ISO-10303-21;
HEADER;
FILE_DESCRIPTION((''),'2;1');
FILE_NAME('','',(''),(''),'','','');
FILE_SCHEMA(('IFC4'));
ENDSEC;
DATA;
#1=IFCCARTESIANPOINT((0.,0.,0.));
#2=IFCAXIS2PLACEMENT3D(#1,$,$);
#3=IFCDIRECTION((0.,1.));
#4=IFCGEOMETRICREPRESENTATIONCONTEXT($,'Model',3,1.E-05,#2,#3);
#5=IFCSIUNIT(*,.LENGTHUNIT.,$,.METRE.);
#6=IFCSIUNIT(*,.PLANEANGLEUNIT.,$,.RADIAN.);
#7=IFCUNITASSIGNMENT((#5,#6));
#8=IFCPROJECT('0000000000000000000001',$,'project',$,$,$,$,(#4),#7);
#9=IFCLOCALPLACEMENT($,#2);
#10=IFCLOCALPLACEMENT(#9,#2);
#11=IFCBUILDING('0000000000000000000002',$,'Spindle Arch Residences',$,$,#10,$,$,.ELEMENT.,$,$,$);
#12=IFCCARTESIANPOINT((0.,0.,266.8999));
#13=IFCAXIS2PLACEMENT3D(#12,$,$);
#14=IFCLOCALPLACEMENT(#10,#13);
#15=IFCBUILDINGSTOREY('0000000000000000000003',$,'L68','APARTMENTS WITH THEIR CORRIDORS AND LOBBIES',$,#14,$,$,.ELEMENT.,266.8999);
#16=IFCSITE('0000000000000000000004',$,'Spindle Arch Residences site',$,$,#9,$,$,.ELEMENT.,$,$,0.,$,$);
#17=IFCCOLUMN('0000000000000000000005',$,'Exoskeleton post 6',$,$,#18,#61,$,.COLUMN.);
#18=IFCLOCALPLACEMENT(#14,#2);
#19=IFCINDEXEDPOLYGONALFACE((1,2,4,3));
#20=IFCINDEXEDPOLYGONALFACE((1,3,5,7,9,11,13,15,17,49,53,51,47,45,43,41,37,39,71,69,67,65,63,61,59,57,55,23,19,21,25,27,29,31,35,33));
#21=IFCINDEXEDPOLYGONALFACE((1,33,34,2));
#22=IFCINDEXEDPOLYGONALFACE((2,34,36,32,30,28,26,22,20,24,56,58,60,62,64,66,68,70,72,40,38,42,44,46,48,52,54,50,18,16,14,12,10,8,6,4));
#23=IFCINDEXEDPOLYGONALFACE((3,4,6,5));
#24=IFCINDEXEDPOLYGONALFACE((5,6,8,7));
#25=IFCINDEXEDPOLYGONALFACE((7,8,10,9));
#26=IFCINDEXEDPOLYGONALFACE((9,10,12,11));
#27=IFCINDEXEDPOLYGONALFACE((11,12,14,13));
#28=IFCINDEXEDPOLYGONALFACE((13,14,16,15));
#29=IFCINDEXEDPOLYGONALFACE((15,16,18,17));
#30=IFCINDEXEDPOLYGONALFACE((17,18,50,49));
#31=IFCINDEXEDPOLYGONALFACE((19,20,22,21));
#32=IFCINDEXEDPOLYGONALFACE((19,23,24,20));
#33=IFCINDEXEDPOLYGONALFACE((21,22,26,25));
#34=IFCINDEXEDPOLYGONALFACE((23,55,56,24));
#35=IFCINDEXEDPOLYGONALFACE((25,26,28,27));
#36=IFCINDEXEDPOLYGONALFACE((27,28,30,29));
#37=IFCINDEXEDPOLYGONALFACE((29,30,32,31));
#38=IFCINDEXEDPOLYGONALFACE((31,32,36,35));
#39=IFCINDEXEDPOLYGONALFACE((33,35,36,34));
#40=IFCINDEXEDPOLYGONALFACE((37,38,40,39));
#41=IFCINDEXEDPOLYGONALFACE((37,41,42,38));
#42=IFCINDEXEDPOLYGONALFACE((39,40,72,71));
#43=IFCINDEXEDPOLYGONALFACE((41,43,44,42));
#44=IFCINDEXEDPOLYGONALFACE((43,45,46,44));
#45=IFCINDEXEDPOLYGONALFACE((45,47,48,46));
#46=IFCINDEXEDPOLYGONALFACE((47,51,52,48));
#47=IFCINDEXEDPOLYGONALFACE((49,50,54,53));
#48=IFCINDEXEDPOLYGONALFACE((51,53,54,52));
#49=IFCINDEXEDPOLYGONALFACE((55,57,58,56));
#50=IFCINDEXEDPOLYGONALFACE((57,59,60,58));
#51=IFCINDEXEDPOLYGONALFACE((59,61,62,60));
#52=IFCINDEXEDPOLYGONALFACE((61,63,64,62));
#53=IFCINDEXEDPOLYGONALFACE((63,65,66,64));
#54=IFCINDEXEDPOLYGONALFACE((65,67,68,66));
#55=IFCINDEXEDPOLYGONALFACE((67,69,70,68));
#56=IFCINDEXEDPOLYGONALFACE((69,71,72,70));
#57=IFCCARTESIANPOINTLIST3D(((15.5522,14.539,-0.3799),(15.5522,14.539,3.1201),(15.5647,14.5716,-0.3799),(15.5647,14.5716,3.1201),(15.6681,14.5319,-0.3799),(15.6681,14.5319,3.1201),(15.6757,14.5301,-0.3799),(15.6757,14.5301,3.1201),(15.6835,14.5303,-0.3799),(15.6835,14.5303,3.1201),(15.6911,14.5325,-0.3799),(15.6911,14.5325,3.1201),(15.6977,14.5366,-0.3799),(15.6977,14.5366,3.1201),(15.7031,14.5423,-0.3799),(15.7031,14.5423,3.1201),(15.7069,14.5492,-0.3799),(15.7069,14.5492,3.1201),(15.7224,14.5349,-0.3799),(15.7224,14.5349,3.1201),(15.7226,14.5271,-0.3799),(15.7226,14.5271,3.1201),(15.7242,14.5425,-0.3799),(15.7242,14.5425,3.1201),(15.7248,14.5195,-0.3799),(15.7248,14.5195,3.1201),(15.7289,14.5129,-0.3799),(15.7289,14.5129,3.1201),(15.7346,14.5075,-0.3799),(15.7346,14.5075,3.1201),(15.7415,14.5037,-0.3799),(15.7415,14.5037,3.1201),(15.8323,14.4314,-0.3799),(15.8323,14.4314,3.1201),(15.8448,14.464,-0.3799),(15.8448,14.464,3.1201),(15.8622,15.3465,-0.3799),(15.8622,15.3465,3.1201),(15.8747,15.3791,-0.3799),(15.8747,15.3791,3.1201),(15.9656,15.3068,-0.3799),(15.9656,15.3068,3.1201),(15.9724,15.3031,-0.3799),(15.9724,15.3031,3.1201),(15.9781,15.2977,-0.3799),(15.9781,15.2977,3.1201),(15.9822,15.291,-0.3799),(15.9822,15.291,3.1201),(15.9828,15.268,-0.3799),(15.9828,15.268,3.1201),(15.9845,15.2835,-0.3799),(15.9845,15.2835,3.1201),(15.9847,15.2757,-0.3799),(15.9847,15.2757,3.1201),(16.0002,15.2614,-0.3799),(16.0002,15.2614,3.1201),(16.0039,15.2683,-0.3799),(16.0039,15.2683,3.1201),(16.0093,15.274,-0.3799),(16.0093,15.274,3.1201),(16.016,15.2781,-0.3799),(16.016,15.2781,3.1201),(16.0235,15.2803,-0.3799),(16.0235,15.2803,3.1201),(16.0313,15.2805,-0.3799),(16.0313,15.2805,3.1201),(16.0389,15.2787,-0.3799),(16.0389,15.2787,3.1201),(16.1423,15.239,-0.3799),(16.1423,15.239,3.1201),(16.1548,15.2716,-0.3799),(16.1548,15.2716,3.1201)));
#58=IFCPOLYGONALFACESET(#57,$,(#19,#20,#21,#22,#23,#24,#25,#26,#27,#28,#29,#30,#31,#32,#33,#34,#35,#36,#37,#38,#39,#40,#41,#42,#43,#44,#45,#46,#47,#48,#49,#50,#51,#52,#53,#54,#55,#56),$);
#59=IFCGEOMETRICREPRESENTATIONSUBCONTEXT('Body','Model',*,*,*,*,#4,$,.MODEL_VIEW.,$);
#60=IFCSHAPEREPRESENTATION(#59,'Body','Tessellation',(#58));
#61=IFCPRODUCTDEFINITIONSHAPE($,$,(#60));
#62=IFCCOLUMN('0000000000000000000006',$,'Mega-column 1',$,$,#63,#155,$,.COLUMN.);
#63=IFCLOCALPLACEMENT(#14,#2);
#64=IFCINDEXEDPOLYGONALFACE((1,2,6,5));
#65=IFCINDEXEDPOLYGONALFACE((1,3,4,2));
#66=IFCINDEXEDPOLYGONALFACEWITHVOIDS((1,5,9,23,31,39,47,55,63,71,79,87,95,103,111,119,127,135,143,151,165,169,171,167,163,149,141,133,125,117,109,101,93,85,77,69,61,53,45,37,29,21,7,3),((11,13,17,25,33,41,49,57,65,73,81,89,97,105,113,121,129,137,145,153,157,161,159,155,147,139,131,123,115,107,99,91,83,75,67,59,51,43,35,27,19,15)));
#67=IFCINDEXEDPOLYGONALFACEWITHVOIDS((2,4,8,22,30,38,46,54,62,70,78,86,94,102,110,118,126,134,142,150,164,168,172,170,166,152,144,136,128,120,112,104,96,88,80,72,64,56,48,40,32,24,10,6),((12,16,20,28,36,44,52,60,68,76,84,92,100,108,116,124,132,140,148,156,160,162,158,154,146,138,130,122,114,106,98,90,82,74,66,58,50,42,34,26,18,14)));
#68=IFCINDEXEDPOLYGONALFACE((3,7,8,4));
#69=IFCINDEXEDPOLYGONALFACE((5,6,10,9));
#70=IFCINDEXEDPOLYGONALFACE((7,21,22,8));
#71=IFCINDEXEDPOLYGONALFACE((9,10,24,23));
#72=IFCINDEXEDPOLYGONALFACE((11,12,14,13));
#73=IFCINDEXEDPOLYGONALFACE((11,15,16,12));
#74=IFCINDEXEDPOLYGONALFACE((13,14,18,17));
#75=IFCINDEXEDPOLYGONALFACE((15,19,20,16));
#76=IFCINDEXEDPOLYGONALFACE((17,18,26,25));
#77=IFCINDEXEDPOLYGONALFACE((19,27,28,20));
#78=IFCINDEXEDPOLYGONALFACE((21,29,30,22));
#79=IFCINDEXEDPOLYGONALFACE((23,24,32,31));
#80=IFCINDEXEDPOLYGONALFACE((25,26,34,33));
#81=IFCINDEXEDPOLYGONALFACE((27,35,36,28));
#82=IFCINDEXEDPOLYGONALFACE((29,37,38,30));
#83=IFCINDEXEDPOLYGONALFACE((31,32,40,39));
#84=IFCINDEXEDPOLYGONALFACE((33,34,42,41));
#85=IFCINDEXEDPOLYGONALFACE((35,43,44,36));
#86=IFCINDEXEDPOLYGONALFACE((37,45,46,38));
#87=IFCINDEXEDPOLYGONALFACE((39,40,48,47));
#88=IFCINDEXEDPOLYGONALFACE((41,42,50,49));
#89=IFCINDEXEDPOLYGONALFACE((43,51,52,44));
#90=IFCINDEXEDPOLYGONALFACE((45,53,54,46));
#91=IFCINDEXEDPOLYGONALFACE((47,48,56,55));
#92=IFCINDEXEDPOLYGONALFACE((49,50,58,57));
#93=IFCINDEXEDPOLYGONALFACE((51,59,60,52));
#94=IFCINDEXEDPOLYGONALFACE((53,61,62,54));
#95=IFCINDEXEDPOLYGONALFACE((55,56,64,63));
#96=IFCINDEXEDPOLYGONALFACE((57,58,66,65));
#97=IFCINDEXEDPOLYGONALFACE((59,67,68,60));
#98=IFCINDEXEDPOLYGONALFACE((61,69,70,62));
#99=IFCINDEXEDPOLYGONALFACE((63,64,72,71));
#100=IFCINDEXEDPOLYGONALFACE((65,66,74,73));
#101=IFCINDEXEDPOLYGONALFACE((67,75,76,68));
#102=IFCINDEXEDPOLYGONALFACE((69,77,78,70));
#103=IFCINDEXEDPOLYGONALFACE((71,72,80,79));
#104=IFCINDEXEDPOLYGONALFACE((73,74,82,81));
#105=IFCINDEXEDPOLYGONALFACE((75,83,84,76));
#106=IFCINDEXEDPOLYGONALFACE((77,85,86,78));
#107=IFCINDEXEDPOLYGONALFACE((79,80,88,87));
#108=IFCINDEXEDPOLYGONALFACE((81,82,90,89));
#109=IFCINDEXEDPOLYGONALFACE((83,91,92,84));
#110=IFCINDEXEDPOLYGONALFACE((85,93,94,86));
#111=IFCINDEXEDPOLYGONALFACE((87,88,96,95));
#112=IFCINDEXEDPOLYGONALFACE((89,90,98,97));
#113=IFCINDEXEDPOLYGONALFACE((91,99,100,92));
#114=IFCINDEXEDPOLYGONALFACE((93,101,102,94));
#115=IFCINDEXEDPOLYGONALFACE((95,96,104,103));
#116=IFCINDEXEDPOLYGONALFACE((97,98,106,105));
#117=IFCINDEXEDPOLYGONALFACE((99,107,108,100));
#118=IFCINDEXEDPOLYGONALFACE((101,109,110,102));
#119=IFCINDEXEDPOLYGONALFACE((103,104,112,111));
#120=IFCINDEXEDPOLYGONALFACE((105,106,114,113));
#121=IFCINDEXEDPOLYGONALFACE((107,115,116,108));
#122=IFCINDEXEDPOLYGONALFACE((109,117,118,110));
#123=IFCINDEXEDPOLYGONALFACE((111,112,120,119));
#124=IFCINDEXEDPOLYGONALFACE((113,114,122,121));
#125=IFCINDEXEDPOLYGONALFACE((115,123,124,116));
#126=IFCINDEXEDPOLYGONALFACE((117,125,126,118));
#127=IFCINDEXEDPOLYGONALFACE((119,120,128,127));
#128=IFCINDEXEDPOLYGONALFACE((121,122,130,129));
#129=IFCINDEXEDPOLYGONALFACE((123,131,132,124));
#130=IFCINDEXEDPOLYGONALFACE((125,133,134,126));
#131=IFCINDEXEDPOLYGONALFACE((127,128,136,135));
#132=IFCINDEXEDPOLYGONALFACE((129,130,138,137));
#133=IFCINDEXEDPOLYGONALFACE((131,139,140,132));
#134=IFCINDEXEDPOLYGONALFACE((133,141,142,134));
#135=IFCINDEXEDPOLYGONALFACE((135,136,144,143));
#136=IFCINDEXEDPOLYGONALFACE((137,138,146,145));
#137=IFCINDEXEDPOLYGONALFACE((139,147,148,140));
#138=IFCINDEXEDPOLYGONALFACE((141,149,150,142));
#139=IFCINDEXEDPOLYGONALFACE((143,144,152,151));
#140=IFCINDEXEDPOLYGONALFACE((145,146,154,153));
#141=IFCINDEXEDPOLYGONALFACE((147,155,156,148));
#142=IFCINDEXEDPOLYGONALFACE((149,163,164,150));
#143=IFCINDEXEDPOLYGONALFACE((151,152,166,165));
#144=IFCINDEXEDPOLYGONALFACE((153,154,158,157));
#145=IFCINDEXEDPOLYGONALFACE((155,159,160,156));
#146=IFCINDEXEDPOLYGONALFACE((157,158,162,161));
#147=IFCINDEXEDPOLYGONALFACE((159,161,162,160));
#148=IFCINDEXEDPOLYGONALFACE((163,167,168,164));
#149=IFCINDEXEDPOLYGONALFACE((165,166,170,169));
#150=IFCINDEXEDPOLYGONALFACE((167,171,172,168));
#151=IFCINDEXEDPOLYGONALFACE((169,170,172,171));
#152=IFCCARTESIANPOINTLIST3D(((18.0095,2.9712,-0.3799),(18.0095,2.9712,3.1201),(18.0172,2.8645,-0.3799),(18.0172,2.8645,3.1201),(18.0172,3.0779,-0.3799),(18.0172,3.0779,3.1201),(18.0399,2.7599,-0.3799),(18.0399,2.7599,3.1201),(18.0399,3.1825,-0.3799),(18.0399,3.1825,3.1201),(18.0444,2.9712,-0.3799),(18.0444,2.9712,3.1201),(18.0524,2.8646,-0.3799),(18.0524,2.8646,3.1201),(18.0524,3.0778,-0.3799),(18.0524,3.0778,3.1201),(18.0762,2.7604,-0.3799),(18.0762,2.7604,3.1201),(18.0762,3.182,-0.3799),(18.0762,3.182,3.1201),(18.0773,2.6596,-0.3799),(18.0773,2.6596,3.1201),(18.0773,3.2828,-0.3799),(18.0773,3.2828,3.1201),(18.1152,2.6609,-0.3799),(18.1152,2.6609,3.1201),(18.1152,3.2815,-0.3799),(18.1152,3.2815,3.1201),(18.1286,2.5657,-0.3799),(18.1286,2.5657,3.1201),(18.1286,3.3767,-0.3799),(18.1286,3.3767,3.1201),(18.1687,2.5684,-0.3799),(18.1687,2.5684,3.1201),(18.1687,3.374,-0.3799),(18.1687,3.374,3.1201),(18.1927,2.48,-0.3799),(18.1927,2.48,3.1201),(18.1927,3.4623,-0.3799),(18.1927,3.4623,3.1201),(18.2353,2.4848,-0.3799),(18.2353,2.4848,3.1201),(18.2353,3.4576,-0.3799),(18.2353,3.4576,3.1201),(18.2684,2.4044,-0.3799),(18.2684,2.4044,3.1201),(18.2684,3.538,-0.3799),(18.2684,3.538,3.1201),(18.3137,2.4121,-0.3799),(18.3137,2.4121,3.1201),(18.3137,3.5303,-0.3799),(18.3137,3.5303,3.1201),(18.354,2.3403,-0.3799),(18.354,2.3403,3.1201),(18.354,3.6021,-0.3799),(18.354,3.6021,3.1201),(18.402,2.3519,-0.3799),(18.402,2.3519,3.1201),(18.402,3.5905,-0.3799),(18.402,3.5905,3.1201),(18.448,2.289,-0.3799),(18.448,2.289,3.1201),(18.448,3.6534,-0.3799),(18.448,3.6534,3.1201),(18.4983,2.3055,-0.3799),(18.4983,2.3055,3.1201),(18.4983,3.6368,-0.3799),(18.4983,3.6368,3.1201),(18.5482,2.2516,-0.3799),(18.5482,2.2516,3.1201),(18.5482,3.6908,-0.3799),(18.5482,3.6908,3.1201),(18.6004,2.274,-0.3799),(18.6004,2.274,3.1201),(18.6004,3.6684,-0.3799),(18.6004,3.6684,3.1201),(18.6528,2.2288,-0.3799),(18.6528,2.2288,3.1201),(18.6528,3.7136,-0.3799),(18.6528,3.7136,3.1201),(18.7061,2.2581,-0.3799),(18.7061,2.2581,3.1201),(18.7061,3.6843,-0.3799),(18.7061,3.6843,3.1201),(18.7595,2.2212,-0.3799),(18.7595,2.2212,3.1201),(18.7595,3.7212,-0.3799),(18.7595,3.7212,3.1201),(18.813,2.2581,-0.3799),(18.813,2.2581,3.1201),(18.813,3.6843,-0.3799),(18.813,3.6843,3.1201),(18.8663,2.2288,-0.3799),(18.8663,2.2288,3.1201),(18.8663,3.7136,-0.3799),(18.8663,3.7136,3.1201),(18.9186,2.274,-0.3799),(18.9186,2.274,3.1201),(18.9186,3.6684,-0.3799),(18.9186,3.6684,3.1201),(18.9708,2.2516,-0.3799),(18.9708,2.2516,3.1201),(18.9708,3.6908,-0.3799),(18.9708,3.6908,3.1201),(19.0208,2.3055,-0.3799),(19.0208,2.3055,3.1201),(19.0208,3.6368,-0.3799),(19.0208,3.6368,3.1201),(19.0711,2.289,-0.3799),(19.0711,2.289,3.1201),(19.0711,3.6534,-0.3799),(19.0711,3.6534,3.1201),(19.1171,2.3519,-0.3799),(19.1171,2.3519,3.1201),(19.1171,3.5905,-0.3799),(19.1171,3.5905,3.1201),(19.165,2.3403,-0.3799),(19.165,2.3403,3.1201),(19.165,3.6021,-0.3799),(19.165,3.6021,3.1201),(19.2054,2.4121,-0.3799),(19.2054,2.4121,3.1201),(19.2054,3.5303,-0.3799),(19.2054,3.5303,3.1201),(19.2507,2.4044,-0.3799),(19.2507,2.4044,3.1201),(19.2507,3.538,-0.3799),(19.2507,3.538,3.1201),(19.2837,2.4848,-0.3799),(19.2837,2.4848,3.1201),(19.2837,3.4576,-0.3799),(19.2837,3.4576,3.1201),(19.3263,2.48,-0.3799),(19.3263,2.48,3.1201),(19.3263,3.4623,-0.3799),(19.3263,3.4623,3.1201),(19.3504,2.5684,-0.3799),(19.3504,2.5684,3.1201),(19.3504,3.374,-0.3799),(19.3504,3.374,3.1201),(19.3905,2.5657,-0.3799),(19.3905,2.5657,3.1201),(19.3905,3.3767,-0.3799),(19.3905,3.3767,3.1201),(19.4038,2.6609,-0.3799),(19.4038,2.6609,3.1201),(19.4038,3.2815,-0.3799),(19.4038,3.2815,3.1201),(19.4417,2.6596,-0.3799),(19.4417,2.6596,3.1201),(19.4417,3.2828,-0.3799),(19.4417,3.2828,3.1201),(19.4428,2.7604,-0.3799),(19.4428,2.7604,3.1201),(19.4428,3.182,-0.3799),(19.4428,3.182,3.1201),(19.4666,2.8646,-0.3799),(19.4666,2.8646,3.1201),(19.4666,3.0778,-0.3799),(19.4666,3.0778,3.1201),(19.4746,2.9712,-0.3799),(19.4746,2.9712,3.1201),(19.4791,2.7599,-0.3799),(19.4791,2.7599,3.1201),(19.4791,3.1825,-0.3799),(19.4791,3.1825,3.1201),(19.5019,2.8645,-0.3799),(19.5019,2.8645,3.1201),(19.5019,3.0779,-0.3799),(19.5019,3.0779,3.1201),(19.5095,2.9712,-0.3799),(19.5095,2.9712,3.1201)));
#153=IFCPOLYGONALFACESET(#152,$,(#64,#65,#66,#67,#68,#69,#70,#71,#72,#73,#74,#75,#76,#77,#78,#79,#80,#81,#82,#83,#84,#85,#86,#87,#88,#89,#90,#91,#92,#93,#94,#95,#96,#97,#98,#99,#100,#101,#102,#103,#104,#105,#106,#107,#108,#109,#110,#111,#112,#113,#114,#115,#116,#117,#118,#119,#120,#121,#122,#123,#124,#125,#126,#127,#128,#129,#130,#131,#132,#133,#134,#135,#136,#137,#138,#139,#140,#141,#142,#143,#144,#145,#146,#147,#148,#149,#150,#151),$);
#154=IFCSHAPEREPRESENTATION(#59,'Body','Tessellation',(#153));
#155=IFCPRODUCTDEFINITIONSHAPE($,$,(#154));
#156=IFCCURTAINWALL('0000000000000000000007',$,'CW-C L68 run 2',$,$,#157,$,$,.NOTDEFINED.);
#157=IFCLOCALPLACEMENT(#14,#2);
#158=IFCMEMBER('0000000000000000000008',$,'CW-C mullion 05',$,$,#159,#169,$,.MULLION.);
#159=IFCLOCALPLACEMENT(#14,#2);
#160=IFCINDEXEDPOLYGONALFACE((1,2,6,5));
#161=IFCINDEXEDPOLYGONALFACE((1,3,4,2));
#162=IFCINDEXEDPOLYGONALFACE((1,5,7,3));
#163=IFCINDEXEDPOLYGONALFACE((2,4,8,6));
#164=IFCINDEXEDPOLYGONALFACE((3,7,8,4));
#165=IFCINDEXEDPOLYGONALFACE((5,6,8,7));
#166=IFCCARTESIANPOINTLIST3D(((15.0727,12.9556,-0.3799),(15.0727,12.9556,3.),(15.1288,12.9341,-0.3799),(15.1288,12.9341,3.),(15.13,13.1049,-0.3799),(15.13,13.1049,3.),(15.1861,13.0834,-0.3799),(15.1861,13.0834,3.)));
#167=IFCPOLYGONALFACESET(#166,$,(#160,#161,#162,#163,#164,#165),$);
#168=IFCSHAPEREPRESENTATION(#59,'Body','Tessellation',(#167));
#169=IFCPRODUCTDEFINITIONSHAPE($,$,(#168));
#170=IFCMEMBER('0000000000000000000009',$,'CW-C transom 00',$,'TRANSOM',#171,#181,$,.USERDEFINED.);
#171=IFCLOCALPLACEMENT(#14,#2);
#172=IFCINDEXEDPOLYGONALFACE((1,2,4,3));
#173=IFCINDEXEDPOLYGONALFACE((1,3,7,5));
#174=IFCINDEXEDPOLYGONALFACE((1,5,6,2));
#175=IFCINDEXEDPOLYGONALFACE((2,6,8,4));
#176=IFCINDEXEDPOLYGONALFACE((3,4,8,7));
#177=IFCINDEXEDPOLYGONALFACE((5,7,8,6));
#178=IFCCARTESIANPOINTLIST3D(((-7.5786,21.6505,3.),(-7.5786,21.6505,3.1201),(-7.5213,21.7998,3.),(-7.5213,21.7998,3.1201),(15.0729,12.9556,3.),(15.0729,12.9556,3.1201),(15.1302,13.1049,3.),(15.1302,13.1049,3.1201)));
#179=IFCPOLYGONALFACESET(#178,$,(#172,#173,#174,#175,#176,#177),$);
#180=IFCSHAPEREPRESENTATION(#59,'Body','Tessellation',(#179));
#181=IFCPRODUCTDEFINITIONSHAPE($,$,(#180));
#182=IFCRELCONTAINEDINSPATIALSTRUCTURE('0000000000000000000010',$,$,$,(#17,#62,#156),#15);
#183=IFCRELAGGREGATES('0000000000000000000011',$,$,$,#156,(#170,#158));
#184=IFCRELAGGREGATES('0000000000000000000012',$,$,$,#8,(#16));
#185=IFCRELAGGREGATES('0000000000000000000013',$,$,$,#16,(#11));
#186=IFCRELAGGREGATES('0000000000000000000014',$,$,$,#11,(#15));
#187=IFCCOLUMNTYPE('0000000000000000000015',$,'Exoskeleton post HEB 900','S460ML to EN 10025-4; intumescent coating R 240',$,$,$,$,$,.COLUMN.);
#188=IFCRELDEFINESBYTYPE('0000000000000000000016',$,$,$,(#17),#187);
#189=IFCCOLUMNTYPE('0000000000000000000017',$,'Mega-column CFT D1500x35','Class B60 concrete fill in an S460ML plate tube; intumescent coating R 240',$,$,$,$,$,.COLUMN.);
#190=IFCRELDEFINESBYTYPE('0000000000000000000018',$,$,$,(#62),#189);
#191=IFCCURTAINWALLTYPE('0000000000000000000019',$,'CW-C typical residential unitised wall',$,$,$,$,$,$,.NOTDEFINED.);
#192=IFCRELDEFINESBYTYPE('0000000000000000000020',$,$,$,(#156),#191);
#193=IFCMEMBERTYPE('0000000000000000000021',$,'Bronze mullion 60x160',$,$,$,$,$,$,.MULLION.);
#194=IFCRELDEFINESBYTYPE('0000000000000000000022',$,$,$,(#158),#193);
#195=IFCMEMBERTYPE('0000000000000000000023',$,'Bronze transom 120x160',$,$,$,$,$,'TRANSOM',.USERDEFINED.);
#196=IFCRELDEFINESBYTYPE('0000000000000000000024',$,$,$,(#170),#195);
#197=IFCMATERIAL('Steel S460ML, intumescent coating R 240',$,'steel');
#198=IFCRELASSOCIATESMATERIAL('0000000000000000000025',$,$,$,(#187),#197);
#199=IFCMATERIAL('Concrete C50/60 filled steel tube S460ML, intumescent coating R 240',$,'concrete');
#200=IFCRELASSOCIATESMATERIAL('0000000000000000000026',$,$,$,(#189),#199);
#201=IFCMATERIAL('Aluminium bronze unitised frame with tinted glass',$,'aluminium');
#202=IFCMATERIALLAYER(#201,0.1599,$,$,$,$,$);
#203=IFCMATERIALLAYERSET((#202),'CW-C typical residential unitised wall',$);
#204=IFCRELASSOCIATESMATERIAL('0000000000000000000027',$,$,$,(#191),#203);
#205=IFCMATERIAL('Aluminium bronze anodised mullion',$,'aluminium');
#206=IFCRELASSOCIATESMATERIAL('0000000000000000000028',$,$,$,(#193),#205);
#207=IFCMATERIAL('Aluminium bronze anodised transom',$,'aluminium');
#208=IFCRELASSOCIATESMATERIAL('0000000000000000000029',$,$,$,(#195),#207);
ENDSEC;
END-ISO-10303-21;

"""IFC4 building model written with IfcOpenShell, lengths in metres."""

from ifc_helpers import new_model, si_unit, direction, frame, origin, origin_2d, place, context, subcontext, project, spatial, rectangle, hollow_circle, i_section, extrude, material, layer, layer_set, material_profile, profile_set, type_object, element, aggregate, save


model = new_model("IFC4")

# Units and contexts
model_context = context("Model", 3, precision=1e-05, world=origin(), true_north=direction((0.0, 1.0)))
body_context = subcontext(model_context, "Body", "Model", "MODEL_VIEW")
ifc_project = project(units=[si_unit("LENGTHUNIT", "METRE"), si_unit("PLANEANGLEUNIT", "RADIAN")], contexts=[model_context])

# Site, building, storey
site_placement = place(None, origin())
site = spatial("IfcSite", under=ifc_project, at=site_placement, Name="Spindle Arch Residences site", CompositionType="ELEMENT", RefElevation=0.0)
building_placement = place(site_placement, origin())
building = spatial("IfcBuilding", under=site, at=building_placement, Name="Spindle Arch Residences", CompositionType="ELEMENT")
storey_placement = place(building_placement, frame((0.0, 0.0, 266.8999)))
storey = spatial("IfcBuildingStorey", under=building, at=storey_placement, Name="L68", Description="APARTMENTS WITH THEIR CORRIDORS AND LOBBIES", CompositionType="ELEMENT", Elevation=266.8999)

# Columns
ifc_material_1 = material(Name="Steel S460ML, intumescent coating R 240", Category="steel")
ifc_material_profile_1 = material_profile(ifc_material_1, i_section(OverallWidth=0.3, OverallDepth=0.8999, WebThickness=0.0186, FlangeThickness=0.0349, FilletRadius=0.03, at=origin_2d()), Name="HEB 900")
ifc_profile_set_1 = profile_set([ifc_material_profile_1], Name="Steel S460ML, intumescent coating R 240")
column_type_1 = type_object("IfcColumnType", Name="Exoskeleton post HEB 900", Description="S460ML to EN 10025-4; intumescent coating R 240", PredefinedType="COLUMN", material=ifc_profile_set_1)
column_1_placement = place(storey_placement, frame((15.8535, 14.9053, -0.3799), z_axis=(0.0, 0.0, 1.0), x_axis=(0.93358, -0.358368, 0.0)))
element("IfcColumn", 1, at=column_1_placement, inside=storey, type_object=column_type_1, Name="Exoskeleton post 6", PredefinedType="COLUMN", context=body_context, shape_type="SweptSolid", body=[
    extrude(i_section(OverallWidth=0.3, OverallDepth=0.8999, WebThickness=0.0186, FlangeThickness=0.0349, FilletRadius=0.03, at=origin_2d()), origin(), (0.0, 0.0, 1.0), 3.5),
])
ifc_material_2 = material(Name="Concrete C50/60 filled steel tube S460ML, intumescent coating R 240", Category="concrete")
ifc_material_profile_2 = material_profile(ifc_material_2, hollow_circle(Radius=0.75, WallThickness=0.0349, at=origin_2d()), Name="CFT D1500x35")
ifc_profile_set_2 = profile_set([ifc_material_profile_2], Name="Concrete C50/60 filled steel tube S460ML, intumescent coating R 240")
column_type_2 = type_object("IfcColumnType", Name="Mega-column CFT D1500x35", Description="Class B60 concrete fill in an S460ML plate tube; intumescent coating R 240", PredefinedType="COLUMN", material=ifc_profile_set_2)
column_2_placement = place(storey_placement, frame((18.7595, 2.9712, -0.3799), z_axis=(0.0, 0.0, 1.0), x_axis=(1.0, 0.0, 0.0)))
element("IfcColumn", 2, at=column_2_placement, inside=storey, type_object=column_type_2, Name="Mega-column 1", PredefinedType="COLUMN", context=body_context, shape_type="SweptSolid", body=[
    extrude(hollow_circle(Radius=0.75, WallThickness=0.0349, at=origin_2d()), origin(), (0.0, 0.0, 1.0), 3.5),
])

# Curtain wall, members
ifc_material_3 = material(Name="Aluminium bronze unitised frame with tinted glass", Category="aluminium")
ifc_layer_1 = layer(ifc_material_3, 0.1599)
ifc_layer_set_1 = layer_set([ifc_layer_1], Name="CW-C typical residential unitised wall")
curtain_wall_type_1 = type_object("IfcCurtainWallType", Name="CW-C typical residential unitised wall", PredefinedType="NOTDEFINED", material=ifc_layer_set_1)
curtain_wall_1_placement = place(storey_placement, origin())
curtain_wall_1 = element("IfcCurtainWall", 3, at=curtain_wall_1_placement, inside=storey, type_object=curtain_wall_type_1, Name="CW-C L68 run 2", PredefinedType="NOTDEFINED")
ifc_material_4 = material(Name="Aluminium bronze anodised mullion", Category="aluminium")
ifc_material_profile_3 = material_profile(ifc_material_4, rectangle(XDim=0.1599, YDim=0.0601, at=origin_2d()), Name="MU 60x160")
ifc_profile_set_3 = profile_set([ifc_material_profile_3], Name="Aluminium bronze anodised mullion")
member_type_1 = type_object("IfcMemberType", Name="Bronze mullion 60x160", PredefinedType="MULLION", material=ifc_profile_set_3)
member_1_placement = place(storey_placement, frame((15.1294, 13.0195, -0.3799), z_axis=(0.0, 0.0, 1.0), x_axis=(-0.358368, -0.93358, 0.0)))
member_1 = element("IfcMember", 4, at=member_1_placement, type_object=member_type_1, Name="CW-C mullion 05", PredefinedType="MULLION", context=body_context, shape_type="SweptSolid", body=[
    extrude(rectangle(XDim=0.1599, YDim=0.0601, at=origin_2d()), origin(), (0.0, 0.0, 1.0), 3.3799),
])
ifc_material_5 = material(Name="Aluminium bronze anodised transom", Category="aluminium")
ifc_material_profile_4 = material_profile(ifc_material_5, rectangle(XDim=0.1599, YDim=0.1201, at=origin_2d()), Name="TR 120x160")
ifc_profile_set_4 = profile_set([ifc_material_profile_4], Name="Aluminium bronze anodised transom")
member_type_2 = type_object("IfcMemberType", Name="Bronze transom 120x160", ElementType="TRANSOM", PredefinedType="USERDEFINED", material=ifc_profile_set_4)
member_2_placement = place(storey_placement, frame((15.1016, 13.0303, 3.0601), z_axis=(-0.933583, 0.35836, 0.0), x_axis=(-0.35836, -0.933583, 0.0)))
member_2 = element("IfcMember", 5, at=member_2_placement, type_object=member_type_2, Name="CW-C transom 00", ObjectType="TRANSOM", PredefinedType="USERDEFINED", context=body_context, shape_type="SweptSolid", body=[
    extrude(rectangle(XDim=0.1599, YDim=0.1201, at=origin_2d()), origin(), (0.0, 0.0, 1.0), 24.2629),
])

aggregate(curtain_wall_1, [member_2, member_1])

save(model, "model.ifc")
